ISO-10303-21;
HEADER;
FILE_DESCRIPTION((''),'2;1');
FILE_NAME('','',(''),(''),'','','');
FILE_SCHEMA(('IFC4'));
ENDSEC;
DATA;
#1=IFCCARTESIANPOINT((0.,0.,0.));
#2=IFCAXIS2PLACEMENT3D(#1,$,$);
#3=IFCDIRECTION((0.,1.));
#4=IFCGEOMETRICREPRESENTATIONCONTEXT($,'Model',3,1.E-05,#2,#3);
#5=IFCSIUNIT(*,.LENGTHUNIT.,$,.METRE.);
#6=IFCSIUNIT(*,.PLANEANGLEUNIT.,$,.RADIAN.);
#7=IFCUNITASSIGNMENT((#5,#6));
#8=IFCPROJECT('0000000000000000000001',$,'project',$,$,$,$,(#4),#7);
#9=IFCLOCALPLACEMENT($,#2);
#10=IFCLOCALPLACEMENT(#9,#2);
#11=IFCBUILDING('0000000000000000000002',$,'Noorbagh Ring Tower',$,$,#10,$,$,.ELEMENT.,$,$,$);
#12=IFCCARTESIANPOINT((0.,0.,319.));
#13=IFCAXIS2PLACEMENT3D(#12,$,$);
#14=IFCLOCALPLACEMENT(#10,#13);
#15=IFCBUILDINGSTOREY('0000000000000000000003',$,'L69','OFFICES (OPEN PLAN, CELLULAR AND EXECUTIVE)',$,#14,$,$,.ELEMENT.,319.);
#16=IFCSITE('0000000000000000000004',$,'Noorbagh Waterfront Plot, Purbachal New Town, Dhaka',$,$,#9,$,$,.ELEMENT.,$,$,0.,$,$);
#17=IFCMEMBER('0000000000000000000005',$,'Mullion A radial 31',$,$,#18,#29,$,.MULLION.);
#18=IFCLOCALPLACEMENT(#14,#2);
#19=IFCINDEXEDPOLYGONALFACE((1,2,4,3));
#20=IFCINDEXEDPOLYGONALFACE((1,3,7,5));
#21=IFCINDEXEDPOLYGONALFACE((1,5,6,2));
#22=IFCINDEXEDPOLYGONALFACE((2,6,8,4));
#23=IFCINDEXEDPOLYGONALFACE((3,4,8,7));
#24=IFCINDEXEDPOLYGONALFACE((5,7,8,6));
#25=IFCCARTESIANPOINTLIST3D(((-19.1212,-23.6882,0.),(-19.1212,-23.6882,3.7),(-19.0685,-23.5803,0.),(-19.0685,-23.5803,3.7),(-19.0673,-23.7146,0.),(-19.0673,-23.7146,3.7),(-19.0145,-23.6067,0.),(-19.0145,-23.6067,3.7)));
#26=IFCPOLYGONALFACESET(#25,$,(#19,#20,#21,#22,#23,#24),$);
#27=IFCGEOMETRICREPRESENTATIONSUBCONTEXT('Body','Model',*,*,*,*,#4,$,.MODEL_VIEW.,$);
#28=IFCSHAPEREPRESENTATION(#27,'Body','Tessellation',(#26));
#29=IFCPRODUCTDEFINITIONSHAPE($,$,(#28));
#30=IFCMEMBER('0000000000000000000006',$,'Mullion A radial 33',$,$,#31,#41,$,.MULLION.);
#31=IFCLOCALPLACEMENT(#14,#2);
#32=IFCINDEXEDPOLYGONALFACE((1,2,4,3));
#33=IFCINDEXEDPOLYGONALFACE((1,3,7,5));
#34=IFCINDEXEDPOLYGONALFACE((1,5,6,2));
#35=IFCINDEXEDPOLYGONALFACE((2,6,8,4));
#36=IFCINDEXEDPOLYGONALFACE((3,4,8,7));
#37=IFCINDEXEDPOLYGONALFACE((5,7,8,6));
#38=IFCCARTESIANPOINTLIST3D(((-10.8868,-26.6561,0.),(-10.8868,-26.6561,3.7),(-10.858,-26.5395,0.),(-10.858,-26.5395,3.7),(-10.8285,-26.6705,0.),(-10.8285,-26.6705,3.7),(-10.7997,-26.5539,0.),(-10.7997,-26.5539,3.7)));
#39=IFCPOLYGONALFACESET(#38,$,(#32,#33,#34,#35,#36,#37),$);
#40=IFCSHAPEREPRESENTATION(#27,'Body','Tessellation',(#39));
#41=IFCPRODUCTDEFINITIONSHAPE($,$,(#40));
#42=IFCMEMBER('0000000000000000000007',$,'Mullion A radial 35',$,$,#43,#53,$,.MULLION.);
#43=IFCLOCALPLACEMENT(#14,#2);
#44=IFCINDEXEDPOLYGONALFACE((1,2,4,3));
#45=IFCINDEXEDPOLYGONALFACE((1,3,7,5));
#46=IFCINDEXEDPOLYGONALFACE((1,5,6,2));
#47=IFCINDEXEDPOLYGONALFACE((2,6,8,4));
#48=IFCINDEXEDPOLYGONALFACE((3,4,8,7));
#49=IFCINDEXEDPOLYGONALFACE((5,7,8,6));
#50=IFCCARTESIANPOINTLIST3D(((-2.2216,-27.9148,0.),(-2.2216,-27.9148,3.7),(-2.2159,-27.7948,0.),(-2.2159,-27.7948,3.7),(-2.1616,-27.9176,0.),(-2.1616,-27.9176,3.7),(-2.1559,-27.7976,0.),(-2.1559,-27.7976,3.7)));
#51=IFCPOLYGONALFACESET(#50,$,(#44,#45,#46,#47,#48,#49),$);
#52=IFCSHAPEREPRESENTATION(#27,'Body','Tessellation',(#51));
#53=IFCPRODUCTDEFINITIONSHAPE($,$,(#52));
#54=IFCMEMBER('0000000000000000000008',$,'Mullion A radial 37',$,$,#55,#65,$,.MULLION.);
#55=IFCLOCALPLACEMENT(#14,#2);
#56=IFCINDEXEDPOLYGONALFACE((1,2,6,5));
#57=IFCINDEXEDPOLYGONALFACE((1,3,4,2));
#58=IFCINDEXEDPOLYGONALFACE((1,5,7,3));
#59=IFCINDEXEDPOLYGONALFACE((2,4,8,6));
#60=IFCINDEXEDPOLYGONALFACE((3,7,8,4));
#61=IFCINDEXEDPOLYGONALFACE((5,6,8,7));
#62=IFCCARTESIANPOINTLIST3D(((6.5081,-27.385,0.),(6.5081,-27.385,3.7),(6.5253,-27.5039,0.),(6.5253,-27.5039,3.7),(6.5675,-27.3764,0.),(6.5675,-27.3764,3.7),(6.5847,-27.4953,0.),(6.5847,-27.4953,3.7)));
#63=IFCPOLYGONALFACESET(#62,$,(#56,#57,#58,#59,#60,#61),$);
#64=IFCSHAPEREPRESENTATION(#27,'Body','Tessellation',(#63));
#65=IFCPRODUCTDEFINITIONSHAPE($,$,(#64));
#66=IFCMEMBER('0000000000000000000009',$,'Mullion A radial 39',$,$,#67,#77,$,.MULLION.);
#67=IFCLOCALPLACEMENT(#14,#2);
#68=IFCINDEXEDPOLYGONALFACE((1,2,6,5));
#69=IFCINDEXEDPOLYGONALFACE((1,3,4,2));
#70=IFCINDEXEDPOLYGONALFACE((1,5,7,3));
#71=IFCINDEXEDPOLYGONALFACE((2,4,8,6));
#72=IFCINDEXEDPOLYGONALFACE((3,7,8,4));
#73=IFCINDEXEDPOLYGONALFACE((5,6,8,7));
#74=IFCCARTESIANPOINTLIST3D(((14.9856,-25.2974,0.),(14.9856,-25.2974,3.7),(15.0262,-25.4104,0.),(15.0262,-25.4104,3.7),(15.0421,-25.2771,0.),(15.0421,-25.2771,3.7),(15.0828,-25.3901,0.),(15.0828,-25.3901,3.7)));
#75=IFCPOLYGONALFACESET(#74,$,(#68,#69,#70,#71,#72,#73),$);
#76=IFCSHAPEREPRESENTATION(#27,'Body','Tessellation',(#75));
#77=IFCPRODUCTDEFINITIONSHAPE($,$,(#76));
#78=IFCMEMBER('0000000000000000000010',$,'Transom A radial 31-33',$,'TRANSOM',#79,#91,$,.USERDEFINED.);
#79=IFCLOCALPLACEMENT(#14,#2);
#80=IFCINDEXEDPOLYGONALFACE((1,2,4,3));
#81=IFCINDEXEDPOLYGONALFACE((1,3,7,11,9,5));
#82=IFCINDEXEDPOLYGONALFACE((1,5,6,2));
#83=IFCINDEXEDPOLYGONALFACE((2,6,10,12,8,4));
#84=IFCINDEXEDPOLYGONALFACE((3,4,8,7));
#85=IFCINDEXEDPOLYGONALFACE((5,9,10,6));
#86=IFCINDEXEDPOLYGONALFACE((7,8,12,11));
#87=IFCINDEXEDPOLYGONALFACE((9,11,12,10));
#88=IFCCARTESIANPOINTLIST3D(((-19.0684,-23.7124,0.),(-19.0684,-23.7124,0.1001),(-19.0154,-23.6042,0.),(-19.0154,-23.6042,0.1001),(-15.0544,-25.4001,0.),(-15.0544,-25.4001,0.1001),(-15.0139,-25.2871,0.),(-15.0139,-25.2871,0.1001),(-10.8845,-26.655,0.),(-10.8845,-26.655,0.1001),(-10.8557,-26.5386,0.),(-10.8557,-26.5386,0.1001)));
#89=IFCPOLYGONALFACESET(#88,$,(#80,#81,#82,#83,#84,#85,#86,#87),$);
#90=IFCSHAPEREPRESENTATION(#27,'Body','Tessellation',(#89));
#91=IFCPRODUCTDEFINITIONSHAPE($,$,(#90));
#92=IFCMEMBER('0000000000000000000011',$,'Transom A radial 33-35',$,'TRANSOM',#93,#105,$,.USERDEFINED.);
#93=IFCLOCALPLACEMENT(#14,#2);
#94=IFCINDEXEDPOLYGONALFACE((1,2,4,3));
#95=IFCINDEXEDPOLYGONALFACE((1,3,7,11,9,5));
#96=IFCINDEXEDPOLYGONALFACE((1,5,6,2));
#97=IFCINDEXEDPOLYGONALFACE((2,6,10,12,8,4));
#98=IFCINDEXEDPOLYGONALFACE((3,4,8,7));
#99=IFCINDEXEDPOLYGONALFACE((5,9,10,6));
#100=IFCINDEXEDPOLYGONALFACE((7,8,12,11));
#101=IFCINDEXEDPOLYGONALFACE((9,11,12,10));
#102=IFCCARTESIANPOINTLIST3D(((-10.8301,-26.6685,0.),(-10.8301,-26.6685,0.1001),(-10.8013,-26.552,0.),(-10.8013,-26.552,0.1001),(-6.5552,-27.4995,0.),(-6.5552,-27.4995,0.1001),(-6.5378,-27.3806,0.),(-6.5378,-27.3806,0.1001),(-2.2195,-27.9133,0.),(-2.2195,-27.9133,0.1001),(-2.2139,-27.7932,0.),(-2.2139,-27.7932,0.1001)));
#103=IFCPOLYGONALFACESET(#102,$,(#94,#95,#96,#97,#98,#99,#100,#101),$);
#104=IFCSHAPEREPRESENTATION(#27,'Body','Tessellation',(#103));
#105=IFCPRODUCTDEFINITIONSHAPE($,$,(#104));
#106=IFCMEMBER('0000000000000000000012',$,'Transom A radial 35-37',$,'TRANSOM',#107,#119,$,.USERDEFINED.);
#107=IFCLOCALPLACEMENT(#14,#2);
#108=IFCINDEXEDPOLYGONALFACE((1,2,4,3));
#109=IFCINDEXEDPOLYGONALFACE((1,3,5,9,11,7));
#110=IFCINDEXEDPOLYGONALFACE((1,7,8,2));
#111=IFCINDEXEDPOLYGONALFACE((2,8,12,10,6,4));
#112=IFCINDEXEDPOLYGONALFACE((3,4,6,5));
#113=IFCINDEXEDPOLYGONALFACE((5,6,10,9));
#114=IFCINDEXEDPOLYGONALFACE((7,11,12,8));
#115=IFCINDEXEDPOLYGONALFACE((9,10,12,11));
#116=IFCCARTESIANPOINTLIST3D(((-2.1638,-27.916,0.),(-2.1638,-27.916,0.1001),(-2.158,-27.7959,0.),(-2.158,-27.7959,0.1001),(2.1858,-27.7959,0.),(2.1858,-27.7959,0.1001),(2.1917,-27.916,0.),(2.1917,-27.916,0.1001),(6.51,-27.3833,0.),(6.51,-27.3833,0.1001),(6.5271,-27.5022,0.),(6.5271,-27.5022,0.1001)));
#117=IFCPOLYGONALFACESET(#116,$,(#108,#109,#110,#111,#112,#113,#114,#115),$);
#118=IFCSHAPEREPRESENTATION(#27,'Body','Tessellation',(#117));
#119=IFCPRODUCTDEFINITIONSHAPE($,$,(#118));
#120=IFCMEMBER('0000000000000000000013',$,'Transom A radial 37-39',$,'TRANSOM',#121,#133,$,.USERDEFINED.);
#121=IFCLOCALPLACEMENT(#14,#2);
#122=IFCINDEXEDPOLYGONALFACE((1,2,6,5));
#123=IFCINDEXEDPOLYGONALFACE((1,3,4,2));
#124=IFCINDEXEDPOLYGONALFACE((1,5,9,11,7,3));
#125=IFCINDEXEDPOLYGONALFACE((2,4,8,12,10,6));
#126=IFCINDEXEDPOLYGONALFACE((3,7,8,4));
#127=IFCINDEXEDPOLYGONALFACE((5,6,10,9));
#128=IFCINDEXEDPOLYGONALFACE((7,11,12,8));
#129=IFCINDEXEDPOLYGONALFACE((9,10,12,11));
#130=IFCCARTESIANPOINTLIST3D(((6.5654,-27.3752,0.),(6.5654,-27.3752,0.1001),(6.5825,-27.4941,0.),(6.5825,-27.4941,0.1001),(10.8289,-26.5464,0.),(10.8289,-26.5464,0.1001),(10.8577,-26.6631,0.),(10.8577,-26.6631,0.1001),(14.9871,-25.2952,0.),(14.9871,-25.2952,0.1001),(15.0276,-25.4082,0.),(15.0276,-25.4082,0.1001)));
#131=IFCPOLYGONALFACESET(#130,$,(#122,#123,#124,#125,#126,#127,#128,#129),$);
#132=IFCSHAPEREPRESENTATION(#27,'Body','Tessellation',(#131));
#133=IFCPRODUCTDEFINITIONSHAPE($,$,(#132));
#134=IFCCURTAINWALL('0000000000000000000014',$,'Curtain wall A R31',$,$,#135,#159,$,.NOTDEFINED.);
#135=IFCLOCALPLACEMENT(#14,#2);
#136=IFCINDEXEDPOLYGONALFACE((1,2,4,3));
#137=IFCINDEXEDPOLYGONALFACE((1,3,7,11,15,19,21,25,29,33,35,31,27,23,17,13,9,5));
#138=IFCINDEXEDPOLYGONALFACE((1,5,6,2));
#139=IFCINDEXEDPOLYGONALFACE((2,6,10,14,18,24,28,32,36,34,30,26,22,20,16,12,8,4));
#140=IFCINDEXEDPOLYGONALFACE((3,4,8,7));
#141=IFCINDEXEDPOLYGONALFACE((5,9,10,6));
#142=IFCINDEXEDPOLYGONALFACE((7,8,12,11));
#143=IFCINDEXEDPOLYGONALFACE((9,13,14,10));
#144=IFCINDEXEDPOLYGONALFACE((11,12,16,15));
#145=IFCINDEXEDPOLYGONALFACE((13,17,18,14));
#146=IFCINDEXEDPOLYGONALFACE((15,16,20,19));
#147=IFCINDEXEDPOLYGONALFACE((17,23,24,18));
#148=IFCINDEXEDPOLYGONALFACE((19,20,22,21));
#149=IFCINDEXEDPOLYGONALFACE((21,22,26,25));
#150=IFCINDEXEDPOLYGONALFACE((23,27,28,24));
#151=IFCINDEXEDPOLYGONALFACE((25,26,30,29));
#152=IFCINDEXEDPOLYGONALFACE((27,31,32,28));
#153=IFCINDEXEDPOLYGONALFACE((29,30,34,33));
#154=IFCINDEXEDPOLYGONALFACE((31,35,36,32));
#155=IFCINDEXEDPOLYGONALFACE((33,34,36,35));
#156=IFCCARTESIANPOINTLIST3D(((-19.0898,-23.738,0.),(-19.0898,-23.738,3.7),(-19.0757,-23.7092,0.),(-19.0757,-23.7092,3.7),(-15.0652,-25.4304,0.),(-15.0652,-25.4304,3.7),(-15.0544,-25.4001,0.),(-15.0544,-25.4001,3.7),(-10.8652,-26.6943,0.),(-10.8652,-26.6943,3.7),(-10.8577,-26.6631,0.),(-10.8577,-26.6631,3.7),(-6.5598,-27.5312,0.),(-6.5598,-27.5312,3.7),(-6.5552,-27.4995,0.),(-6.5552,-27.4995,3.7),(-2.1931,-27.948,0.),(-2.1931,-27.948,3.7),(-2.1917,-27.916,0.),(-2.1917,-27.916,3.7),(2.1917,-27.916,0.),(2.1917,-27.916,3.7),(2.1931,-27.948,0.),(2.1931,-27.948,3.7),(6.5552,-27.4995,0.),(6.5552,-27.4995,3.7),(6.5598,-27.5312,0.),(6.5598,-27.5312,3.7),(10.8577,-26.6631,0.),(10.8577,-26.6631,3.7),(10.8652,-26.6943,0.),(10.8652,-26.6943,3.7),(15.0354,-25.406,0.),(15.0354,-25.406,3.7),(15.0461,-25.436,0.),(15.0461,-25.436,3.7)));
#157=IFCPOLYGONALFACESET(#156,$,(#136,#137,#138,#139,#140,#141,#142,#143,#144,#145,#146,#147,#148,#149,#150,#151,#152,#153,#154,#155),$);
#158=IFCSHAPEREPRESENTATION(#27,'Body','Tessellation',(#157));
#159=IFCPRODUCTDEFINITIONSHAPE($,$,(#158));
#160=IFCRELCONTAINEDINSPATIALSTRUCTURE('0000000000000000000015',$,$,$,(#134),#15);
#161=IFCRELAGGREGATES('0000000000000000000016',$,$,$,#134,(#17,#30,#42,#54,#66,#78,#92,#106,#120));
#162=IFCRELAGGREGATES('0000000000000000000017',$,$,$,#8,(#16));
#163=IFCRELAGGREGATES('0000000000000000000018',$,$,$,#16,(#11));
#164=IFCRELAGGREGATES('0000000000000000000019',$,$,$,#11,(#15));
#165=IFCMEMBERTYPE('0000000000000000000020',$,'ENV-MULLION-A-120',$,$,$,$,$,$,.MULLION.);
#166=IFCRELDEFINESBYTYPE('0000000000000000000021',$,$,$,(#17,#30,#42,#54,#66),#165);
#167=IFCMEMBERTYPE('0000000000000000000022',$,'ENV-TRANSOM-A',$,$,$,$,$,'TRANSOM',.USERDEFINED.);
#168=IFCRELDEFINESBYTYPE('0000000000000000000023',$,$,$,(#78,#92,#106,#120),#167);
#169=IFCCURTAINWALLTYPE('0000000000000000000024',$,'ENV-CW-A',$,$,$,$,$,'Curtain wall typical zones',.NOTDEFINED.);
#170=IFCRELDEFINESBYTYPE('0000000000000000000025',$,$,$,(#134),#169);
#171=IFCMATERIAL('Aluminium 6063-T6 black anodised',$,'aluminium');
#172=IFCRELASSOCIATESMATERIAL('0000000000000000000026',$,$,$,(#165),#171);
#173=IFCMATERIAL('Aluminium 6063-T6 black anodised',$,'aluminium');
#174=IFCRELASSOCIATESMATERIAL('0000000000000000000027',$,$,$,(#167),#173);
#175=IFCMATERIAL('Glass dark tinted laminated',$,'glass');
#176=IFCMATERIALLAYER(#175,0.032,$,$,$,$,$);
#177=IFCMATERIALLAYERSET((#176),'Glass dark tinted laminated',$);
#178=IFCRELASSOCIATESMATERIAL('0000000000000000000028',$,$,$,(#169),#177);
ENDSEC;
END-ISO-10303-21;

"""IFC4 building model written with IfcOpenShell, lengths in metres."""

from ifc_helpers import new_model, si_unit, direction, frame, origin, origin_2d, place, context, subcontext, project, spatial, polyline, rectangle, outline, extrude, material, layer, layer_set, material_profile, profile_set, type_object, element, aggregate, save


model = new_model("IFC4")

# Units and contexts
model_context = context("Model", 3, precision=1e-05, world=origin(), true_north=direction((0.0, 1.0)))
body_context = subcontext(model_context, "Body", "Model", "MODEL_VIEW")
ifc_project = project(units=[si_unit("LENGTHUNIT", "METRE"), si_unit("PLANEANGLEUNIT", "RADIAN")], contexts=[model_context])

# Members
ifc_material_1 = material(Name="Aluminium 6063-T6 black anodised", Category="aluminium")
ifc_material_profile = material_profile(ifc_material_1, rectangle(XDim=0.1201, YDim=0.0601, at=origin_2d()), Name="120x60")
ifc_profile_set = profile_set([ifc_material_profile], Name="Aluminium 6063-T6 black anodised")
member_type_1 = type_object("IfcMemberType", Name="ENV-MULLION-A-120", PredefinedType="MULLION", material=ifc_profile_set)
site_placement = place(None, origin())
building_placement = place(site_placement, origin())
storey_placement = place(building_placement, frame((0.0, 0.0, 319.0)))
member_1_placement = place(storey_placement, frame((-19.0679, -23.6475, 0.0), z_axis=(0.0, 0.0, 1.0), x_axis=(0.439238, 0.898371, 0.0)))
member_1 = element("IfcMember", 1, at=member_1_placement, type_object=member_type_1, Name="Mullion A radial 31", PredefinedType="MULLION", context=body_context, shape_type="SweptSolid", body=[
    extrude(rectangle(XDim=0.1201, YDim=0.0601, at=origin_2d()), origin(), (0.0, 0.0, 1.0), 3.7),
])
member_2_placement = place(storey_placement, frame((-10.8433, -26.605, 0.0), z_axis=(0.0, 0.0, 1.0), x_axis=(0.239799, 0.970823, 0.0)))
member_2 = element("IfcMember", 2, at=member_2_placement, type_object=member_type_1, Name="Mullion A radial 33", PredefinedType="MULLION", context=body_context, shape_type="SweptSolid", body=[
    extrude(rectangle(XDim=0.1201, YDim=0.0601, at=origin_2d()), origin(), (0.0, 0.0, 1.0), 3.7),
])
member_3_placement = place(storey_placement, frame((-2.1887, -27.8562, 0.0), z_axis=(0.0, 0.0, 1.0), x_axis=(0.047558, 0.998868, 0.0)))
member_3 = element("IfcMember", 3, at=member_3_placement, type_object=member_type_1, Name="Mullion A radial 35", PredefinedType="MULLION", context=body_context, shape_type="SweptSolid", body=[
    extrude(rectangle(XDim=0.1201, YDim=0.0601, at=origin_2d()), origin(), (0.0, 0.0, 1.0), 3.7),
])
member_4_placement = place(storey_placement, frame((6.5464, -27.4402, 0.0), z_axis=(0.0, 0.0, 1.0), x_axis=(-0.143082, 0.989711, 0.0)))
member_4 = element("IfcMember", 4, at=member_4_placement, type_object=member_type_1, Name="Mullion A radial 37", PredefinedType="MULLION", context=body_context, shape_type="SweptSolid", body=[
    extrude(rectangle(XDim=0.1201, YDim=0.0601, at=origin_2d()), origin(), (0.0, 0.0, 1.0), 3.7),
])
member_5_placement = place(storey_placement, frame((15.0342, -25.3438, 0.0), z_axis=(0.0, 0.0, 1.0), x_axis=(-0.338379, 0.94101, 0.0)))
member_5 = element("IfcMember", 5, at=member_5_placement, type_object=member_type_1, Name="Mullion A radial 39", PredefinedType="MULLION", context=body_context, shape_type="SweptSolid", body=[
    extrude(rectangle(XDim=0.1201, YDim=0.0601, at=origin_2d()), origin(), (0.0, 0.0, 1.0), 3.7),
])
ifc_material_2 = material(Name="Aluminium 6063-T6 black anodised", Category="aluminium")
member_type_2 = type_object("IfcMemberType", Name="ENV-TRANSOM-A", ElementType="TRANSOM", PredefinedType="USERDEFINED", material=ifc_material_2)
member_6_placement = place(storey_placement, origin())
member_6 = element("IfcMember", 6, at=member_6_placement, type_object=member_type_2, Name="Transom A radial 31-33", ObjectType="TRANSOM", PredefinedType="USERDEFINED", context=body_context, shape_type="SweptSolid", body=[
    extrude(outline(polyline([(-19.0684, -23.7124), (-15.0544, -25.4001), (-10.8845, -26.655), (-10.8557, -26.5386), (-15.0139, -25.2871), (-19.0154, -23.6042), (-19.0684, -23.7124)])), origin(), (0.0, 0.0, 1.0), 0.1001),
])
member_7_placement = place(storey_placement, origin())
member_7 = element("IfcMember", 7, at=member_7_placement, type_object=member_type_2, Name="Transom A radial 33-35", ObjectType="TRANSOM", PredefinedType="USERDEFINED", context=body_context, shape_type="SweptSolid", body=[
    extrude(outline(polyline([(-10.8301, -26.6685), (-6.5552, -27.4995), (-2.2195, -27.9133), (-2.2139, -27.7932), (-6.5378, -27.3806), (-10.8013, -26.552), (-10.8301, -26.6685)])), origin(), (0.0, 0.0, 1.0), 0.1001),
])
member_8_placement = place(storey_placement, origin())
member_8 = element("IfcMember", 8, at=member_8_placement, type_object=member_type_2, Name="Transom A radial 35-37", ObjectType="TRANSOM", PredefinedType="USERDEFINED", context=body_context, shape_type="SweptSolid", body=[
    extrude(outline(polyline([(-2.1638, -27.916), (2.1917, -27.916), (6.5271, -27.5022), (6.51, -27.3833), (2.1858, -27.7959), (-2.158, -27.7959), (-2.1638, -27.916)])), origin(), (0.0, 0.0, 1.0), 0.1001),
])
member_9_placement = place(storey_placement, origin())
member_9 = element("IfcMember", 9, at=member_9_placement, type_object=member_type_2, Name="Transom A radial 37-39", ObjectType="TRANSOM", PredefinedType="USERDEFINED", context=body_context, shape_type="SweptSolid", body=[
    extrude(outline(polyline([(6.5825, -27.4941), (10.8577, -26.6631), (15.0276, -25.4082), (14.9871, -25.2952), (10.8289, -26.5464), (6.5654, -27.3752), (6.5825, -27.4941)])), origin(), (0.0, 0.0, 1.0), 0.1001),
])

# Site, building, storey
site = spatial("IfcSite", under=ifc_project, at=site_placement, Name="Noorbagh Waterfront Plot, Purbachal New Town, Dhaka", CompositionType="ELEMENT", RefElevation=0.0)
building = spatial("IfcBuilding", under=site, at=building_placement, Name="Noorbagh Ring Tower", CompositionType="ELEMENT")
storey = spatial("IfcBuildingStorey", under=building, at=storey_placement, Name="L69", Description="OFFICES (OPEN PLAN, CELLULAR AND EXECUTIVE)", CompositionType="ELEMENT", Elevation=319.0)

# Curtain wall
ifc_material_3 = material(Name="Glass dark tinted laminated", Category="glass")
ifc_layer_1 = layer(ifc_material_3, 0.032)
ifc_layer_set_1 = layer_set([ifc_layer_1], Name="Glass dark tinted laminated")
curtain_wall_type = type_object("IfcCurtainWallType", Name="ENV-CW-A", ElementType="Curtain wall typical zones", PredefinedType="NOTDEFINED", material=ifc_layer_set_1)
curtain_wall_1_placement = place(storey_placement, origin())
curtain_wall_1 = element("IfcCurtainWall", 10, at=curtain_wall_1_placement, inside=storey, type_object=curtain_wall_type, Name="Curtain wall A R31", PredefinedType="NOTDEFINED", context=body_context, shape_type="SweptSolid", body=[
    extrude(outline(polyline([(-19.0898, -23.738), (-15.0652, -25.4304), (-10.8652, -26.6943), (-6.5598, -27.5312), (-2.1931, -27.948), (2.1931, -27.948), (6.5598, -27.5312), (10.8652, -26.6943), (15.0461, -25.436), (15.0354, -25.406), (10.8577, -26.6631), (6.5552, -27.4995), (2.1917, -27.916), (-2.1917, -27.916), (-6.5552, -27.4995), (-10.8577, -26.6631), (-15.0544, -25.4001), (-19.0757, -23.7092), (-19.0898, -23.738)])), origin(), (0.0, 0.0, 1.0), 3.7),
])
aggregate(curtain_wall_1, [member_1, member_2, member_3, member_4, member_5, member_6, member_7, member_8, member_9])

save(model, "model.ifc")
